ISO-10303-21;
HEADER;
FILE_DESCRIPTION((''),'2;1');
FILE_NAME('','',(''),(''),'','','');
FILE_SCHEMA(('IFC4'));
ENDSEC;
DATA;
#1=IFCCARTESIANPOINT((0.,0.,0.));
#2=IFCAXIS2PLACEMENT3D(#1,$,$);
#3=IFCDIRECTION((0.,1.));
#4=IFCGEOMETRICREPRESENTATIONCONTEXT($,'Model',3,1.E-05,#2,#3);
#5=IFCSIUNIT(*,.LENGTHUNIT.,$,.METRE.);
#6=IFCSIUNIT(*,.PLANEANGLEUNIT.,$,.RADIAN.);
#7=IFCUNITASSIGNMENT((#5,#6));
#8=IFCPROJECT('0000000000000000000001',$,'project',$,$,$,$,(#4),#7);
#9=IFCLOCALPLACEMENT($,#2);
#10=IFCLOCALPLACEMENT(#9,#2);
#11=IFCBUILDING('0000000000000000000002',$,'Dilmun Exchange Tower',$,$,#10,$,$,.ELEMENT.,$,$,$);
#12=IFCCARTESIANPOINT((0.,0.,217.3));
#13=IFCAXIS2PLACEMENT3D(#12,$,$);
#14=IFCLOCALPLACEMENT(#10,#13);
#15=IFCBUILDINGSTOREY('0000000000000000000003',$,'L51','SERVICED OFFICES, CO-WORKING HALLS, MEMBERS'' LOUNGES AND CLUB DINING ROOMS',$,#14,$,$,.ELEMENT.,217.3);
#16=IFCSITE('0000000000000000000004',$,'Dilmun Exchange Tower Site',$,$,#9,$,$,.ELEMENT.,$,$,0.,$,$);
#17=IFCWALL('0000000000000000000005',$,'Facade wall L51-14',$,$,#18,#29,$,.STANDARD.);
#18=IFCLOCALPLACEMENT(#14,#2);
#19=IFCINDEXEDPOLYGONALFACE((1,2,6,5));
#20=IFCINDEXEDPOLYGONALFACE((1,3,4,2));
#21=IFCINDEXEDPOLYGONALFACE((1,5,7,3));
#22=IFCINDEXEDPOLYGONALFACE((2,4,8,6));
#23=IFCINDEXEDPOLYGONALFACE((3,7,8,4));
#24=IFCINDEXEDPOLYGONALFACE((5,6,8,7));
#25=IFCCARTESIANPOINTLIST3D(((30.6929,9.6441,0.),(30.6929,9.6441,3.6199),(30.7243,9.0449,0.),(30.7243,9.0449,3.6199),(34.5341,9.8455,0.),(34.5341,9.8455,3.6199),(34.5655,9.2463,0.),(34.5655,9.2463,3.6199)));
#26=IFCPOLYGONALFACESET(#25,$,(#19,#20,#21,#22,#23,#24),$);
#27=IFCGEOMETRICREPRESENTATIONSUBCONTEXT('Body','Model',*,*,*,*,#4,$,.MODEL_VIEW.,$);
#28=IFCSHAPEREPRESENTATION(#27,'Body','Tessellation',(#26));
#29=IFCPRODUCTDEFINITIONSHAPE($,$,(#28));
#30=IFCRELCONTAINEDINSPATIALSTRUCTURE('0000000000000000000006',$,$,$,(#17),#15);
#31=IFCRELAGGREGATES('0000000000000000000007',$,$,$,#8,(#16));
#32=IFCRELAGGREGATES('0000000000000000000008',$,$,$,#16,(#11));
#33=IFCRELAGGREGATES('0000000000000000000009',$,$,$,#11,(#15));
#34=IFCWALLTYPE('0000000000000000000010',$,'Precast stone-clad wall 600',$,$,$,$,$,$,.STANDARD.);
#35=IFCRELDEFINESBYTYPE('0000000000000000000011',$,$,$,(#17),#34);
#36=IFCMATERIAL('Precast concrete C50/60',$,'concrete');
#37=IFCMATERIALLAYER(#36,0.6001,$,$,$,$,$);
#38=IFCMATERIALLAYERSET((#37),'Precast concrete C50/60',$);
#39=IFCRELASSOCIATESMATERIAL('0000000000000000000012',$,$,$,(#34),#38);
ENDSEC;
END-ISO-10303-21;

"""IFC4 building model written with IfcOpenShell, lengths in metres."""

from ifc_helpers import new_model, si_unit, direction, frame, frame_2d, origin, place, context, subcontext, project, spatial, rectangle, extrude, material, layer, layer_set, type_object, element, save


model = new_model("IFC4")

# Units and contexts
model_context = context("Model", 3, precision=1e-05, world=origin(), true_north=direction((0.0, 1.0)))
body_context = subcontext(model_context, "Body", "Model", "MODEL_VIEW")
ifc_project = project(units=[si_unit("LENGTHUNIT", "METRE"), si_unit("PLANEANGLEUNIT", "RADIAN")], contexts=[model_context])

# Site, building, storey
site_placement = place(None, origin())
site = spatial("IfcSite", under=ifc_project, at=site_placement, Name="Dilmun Exchange Tower Site", CompositionType="ELEMENT", RefElevation=0.0)
building_placement = place(site_placement, origin())
building = spatial("IfcBuilding", under=site, at=building_placement, Name="Dilmun Exchange Tower", CompositionType="ELEMENT")
storey_placement = place(building_placement, frame((0.0, 0.0, 217.3)))
storey = spatial("IfcBuildingStorey", under=building, at=storey_placement, Name="L51", Description="SERVICED OFFICES, CO-WORKING HALLS, MEMBERS' LOUNGES AND CLUB DINING ROOMS", CompositionType="ELEMENT", Elevation=217.3)

# Shared definitions
ifc_material_1 = material(Name="Precast concrete C50/60", Category="concrete")
ifc_layer_1 = layer(ifc_material_1, 0.6001)
ifc_layer_set_1 = layer_set([ifc_layer_1], Name="Precast concrete C50/60")
wall_type_1 = type_object("IfcWallType", Name="Precast stone-clad wall 600", PredefinedType="STANDARD", material=ifc_layer_set_1)

# Wall
wall_1_placement = place(storey_placement, frame((30.7085, 9.3445, 0.0), z_axis=(0.0, 0.0, 1.0), x_axis=(0.998628, 0.052366, 0.0)))
element("IfcWall", 1, at=wall_1_placement, inside=storey, type_object=wall_type_1, Name="Facade wall L51-14", PredefinedType="STANDARD", context=body_context, shape_type="SweptSolid", body=[
    extrude(rectangle(XDim=3.8464, YDim=0.6001, at=frame_2d((1.9233, 0.0))), origin(), (0.0, 0.0, 1.0), 3.6199),
])

save(model, "model.ifc")
